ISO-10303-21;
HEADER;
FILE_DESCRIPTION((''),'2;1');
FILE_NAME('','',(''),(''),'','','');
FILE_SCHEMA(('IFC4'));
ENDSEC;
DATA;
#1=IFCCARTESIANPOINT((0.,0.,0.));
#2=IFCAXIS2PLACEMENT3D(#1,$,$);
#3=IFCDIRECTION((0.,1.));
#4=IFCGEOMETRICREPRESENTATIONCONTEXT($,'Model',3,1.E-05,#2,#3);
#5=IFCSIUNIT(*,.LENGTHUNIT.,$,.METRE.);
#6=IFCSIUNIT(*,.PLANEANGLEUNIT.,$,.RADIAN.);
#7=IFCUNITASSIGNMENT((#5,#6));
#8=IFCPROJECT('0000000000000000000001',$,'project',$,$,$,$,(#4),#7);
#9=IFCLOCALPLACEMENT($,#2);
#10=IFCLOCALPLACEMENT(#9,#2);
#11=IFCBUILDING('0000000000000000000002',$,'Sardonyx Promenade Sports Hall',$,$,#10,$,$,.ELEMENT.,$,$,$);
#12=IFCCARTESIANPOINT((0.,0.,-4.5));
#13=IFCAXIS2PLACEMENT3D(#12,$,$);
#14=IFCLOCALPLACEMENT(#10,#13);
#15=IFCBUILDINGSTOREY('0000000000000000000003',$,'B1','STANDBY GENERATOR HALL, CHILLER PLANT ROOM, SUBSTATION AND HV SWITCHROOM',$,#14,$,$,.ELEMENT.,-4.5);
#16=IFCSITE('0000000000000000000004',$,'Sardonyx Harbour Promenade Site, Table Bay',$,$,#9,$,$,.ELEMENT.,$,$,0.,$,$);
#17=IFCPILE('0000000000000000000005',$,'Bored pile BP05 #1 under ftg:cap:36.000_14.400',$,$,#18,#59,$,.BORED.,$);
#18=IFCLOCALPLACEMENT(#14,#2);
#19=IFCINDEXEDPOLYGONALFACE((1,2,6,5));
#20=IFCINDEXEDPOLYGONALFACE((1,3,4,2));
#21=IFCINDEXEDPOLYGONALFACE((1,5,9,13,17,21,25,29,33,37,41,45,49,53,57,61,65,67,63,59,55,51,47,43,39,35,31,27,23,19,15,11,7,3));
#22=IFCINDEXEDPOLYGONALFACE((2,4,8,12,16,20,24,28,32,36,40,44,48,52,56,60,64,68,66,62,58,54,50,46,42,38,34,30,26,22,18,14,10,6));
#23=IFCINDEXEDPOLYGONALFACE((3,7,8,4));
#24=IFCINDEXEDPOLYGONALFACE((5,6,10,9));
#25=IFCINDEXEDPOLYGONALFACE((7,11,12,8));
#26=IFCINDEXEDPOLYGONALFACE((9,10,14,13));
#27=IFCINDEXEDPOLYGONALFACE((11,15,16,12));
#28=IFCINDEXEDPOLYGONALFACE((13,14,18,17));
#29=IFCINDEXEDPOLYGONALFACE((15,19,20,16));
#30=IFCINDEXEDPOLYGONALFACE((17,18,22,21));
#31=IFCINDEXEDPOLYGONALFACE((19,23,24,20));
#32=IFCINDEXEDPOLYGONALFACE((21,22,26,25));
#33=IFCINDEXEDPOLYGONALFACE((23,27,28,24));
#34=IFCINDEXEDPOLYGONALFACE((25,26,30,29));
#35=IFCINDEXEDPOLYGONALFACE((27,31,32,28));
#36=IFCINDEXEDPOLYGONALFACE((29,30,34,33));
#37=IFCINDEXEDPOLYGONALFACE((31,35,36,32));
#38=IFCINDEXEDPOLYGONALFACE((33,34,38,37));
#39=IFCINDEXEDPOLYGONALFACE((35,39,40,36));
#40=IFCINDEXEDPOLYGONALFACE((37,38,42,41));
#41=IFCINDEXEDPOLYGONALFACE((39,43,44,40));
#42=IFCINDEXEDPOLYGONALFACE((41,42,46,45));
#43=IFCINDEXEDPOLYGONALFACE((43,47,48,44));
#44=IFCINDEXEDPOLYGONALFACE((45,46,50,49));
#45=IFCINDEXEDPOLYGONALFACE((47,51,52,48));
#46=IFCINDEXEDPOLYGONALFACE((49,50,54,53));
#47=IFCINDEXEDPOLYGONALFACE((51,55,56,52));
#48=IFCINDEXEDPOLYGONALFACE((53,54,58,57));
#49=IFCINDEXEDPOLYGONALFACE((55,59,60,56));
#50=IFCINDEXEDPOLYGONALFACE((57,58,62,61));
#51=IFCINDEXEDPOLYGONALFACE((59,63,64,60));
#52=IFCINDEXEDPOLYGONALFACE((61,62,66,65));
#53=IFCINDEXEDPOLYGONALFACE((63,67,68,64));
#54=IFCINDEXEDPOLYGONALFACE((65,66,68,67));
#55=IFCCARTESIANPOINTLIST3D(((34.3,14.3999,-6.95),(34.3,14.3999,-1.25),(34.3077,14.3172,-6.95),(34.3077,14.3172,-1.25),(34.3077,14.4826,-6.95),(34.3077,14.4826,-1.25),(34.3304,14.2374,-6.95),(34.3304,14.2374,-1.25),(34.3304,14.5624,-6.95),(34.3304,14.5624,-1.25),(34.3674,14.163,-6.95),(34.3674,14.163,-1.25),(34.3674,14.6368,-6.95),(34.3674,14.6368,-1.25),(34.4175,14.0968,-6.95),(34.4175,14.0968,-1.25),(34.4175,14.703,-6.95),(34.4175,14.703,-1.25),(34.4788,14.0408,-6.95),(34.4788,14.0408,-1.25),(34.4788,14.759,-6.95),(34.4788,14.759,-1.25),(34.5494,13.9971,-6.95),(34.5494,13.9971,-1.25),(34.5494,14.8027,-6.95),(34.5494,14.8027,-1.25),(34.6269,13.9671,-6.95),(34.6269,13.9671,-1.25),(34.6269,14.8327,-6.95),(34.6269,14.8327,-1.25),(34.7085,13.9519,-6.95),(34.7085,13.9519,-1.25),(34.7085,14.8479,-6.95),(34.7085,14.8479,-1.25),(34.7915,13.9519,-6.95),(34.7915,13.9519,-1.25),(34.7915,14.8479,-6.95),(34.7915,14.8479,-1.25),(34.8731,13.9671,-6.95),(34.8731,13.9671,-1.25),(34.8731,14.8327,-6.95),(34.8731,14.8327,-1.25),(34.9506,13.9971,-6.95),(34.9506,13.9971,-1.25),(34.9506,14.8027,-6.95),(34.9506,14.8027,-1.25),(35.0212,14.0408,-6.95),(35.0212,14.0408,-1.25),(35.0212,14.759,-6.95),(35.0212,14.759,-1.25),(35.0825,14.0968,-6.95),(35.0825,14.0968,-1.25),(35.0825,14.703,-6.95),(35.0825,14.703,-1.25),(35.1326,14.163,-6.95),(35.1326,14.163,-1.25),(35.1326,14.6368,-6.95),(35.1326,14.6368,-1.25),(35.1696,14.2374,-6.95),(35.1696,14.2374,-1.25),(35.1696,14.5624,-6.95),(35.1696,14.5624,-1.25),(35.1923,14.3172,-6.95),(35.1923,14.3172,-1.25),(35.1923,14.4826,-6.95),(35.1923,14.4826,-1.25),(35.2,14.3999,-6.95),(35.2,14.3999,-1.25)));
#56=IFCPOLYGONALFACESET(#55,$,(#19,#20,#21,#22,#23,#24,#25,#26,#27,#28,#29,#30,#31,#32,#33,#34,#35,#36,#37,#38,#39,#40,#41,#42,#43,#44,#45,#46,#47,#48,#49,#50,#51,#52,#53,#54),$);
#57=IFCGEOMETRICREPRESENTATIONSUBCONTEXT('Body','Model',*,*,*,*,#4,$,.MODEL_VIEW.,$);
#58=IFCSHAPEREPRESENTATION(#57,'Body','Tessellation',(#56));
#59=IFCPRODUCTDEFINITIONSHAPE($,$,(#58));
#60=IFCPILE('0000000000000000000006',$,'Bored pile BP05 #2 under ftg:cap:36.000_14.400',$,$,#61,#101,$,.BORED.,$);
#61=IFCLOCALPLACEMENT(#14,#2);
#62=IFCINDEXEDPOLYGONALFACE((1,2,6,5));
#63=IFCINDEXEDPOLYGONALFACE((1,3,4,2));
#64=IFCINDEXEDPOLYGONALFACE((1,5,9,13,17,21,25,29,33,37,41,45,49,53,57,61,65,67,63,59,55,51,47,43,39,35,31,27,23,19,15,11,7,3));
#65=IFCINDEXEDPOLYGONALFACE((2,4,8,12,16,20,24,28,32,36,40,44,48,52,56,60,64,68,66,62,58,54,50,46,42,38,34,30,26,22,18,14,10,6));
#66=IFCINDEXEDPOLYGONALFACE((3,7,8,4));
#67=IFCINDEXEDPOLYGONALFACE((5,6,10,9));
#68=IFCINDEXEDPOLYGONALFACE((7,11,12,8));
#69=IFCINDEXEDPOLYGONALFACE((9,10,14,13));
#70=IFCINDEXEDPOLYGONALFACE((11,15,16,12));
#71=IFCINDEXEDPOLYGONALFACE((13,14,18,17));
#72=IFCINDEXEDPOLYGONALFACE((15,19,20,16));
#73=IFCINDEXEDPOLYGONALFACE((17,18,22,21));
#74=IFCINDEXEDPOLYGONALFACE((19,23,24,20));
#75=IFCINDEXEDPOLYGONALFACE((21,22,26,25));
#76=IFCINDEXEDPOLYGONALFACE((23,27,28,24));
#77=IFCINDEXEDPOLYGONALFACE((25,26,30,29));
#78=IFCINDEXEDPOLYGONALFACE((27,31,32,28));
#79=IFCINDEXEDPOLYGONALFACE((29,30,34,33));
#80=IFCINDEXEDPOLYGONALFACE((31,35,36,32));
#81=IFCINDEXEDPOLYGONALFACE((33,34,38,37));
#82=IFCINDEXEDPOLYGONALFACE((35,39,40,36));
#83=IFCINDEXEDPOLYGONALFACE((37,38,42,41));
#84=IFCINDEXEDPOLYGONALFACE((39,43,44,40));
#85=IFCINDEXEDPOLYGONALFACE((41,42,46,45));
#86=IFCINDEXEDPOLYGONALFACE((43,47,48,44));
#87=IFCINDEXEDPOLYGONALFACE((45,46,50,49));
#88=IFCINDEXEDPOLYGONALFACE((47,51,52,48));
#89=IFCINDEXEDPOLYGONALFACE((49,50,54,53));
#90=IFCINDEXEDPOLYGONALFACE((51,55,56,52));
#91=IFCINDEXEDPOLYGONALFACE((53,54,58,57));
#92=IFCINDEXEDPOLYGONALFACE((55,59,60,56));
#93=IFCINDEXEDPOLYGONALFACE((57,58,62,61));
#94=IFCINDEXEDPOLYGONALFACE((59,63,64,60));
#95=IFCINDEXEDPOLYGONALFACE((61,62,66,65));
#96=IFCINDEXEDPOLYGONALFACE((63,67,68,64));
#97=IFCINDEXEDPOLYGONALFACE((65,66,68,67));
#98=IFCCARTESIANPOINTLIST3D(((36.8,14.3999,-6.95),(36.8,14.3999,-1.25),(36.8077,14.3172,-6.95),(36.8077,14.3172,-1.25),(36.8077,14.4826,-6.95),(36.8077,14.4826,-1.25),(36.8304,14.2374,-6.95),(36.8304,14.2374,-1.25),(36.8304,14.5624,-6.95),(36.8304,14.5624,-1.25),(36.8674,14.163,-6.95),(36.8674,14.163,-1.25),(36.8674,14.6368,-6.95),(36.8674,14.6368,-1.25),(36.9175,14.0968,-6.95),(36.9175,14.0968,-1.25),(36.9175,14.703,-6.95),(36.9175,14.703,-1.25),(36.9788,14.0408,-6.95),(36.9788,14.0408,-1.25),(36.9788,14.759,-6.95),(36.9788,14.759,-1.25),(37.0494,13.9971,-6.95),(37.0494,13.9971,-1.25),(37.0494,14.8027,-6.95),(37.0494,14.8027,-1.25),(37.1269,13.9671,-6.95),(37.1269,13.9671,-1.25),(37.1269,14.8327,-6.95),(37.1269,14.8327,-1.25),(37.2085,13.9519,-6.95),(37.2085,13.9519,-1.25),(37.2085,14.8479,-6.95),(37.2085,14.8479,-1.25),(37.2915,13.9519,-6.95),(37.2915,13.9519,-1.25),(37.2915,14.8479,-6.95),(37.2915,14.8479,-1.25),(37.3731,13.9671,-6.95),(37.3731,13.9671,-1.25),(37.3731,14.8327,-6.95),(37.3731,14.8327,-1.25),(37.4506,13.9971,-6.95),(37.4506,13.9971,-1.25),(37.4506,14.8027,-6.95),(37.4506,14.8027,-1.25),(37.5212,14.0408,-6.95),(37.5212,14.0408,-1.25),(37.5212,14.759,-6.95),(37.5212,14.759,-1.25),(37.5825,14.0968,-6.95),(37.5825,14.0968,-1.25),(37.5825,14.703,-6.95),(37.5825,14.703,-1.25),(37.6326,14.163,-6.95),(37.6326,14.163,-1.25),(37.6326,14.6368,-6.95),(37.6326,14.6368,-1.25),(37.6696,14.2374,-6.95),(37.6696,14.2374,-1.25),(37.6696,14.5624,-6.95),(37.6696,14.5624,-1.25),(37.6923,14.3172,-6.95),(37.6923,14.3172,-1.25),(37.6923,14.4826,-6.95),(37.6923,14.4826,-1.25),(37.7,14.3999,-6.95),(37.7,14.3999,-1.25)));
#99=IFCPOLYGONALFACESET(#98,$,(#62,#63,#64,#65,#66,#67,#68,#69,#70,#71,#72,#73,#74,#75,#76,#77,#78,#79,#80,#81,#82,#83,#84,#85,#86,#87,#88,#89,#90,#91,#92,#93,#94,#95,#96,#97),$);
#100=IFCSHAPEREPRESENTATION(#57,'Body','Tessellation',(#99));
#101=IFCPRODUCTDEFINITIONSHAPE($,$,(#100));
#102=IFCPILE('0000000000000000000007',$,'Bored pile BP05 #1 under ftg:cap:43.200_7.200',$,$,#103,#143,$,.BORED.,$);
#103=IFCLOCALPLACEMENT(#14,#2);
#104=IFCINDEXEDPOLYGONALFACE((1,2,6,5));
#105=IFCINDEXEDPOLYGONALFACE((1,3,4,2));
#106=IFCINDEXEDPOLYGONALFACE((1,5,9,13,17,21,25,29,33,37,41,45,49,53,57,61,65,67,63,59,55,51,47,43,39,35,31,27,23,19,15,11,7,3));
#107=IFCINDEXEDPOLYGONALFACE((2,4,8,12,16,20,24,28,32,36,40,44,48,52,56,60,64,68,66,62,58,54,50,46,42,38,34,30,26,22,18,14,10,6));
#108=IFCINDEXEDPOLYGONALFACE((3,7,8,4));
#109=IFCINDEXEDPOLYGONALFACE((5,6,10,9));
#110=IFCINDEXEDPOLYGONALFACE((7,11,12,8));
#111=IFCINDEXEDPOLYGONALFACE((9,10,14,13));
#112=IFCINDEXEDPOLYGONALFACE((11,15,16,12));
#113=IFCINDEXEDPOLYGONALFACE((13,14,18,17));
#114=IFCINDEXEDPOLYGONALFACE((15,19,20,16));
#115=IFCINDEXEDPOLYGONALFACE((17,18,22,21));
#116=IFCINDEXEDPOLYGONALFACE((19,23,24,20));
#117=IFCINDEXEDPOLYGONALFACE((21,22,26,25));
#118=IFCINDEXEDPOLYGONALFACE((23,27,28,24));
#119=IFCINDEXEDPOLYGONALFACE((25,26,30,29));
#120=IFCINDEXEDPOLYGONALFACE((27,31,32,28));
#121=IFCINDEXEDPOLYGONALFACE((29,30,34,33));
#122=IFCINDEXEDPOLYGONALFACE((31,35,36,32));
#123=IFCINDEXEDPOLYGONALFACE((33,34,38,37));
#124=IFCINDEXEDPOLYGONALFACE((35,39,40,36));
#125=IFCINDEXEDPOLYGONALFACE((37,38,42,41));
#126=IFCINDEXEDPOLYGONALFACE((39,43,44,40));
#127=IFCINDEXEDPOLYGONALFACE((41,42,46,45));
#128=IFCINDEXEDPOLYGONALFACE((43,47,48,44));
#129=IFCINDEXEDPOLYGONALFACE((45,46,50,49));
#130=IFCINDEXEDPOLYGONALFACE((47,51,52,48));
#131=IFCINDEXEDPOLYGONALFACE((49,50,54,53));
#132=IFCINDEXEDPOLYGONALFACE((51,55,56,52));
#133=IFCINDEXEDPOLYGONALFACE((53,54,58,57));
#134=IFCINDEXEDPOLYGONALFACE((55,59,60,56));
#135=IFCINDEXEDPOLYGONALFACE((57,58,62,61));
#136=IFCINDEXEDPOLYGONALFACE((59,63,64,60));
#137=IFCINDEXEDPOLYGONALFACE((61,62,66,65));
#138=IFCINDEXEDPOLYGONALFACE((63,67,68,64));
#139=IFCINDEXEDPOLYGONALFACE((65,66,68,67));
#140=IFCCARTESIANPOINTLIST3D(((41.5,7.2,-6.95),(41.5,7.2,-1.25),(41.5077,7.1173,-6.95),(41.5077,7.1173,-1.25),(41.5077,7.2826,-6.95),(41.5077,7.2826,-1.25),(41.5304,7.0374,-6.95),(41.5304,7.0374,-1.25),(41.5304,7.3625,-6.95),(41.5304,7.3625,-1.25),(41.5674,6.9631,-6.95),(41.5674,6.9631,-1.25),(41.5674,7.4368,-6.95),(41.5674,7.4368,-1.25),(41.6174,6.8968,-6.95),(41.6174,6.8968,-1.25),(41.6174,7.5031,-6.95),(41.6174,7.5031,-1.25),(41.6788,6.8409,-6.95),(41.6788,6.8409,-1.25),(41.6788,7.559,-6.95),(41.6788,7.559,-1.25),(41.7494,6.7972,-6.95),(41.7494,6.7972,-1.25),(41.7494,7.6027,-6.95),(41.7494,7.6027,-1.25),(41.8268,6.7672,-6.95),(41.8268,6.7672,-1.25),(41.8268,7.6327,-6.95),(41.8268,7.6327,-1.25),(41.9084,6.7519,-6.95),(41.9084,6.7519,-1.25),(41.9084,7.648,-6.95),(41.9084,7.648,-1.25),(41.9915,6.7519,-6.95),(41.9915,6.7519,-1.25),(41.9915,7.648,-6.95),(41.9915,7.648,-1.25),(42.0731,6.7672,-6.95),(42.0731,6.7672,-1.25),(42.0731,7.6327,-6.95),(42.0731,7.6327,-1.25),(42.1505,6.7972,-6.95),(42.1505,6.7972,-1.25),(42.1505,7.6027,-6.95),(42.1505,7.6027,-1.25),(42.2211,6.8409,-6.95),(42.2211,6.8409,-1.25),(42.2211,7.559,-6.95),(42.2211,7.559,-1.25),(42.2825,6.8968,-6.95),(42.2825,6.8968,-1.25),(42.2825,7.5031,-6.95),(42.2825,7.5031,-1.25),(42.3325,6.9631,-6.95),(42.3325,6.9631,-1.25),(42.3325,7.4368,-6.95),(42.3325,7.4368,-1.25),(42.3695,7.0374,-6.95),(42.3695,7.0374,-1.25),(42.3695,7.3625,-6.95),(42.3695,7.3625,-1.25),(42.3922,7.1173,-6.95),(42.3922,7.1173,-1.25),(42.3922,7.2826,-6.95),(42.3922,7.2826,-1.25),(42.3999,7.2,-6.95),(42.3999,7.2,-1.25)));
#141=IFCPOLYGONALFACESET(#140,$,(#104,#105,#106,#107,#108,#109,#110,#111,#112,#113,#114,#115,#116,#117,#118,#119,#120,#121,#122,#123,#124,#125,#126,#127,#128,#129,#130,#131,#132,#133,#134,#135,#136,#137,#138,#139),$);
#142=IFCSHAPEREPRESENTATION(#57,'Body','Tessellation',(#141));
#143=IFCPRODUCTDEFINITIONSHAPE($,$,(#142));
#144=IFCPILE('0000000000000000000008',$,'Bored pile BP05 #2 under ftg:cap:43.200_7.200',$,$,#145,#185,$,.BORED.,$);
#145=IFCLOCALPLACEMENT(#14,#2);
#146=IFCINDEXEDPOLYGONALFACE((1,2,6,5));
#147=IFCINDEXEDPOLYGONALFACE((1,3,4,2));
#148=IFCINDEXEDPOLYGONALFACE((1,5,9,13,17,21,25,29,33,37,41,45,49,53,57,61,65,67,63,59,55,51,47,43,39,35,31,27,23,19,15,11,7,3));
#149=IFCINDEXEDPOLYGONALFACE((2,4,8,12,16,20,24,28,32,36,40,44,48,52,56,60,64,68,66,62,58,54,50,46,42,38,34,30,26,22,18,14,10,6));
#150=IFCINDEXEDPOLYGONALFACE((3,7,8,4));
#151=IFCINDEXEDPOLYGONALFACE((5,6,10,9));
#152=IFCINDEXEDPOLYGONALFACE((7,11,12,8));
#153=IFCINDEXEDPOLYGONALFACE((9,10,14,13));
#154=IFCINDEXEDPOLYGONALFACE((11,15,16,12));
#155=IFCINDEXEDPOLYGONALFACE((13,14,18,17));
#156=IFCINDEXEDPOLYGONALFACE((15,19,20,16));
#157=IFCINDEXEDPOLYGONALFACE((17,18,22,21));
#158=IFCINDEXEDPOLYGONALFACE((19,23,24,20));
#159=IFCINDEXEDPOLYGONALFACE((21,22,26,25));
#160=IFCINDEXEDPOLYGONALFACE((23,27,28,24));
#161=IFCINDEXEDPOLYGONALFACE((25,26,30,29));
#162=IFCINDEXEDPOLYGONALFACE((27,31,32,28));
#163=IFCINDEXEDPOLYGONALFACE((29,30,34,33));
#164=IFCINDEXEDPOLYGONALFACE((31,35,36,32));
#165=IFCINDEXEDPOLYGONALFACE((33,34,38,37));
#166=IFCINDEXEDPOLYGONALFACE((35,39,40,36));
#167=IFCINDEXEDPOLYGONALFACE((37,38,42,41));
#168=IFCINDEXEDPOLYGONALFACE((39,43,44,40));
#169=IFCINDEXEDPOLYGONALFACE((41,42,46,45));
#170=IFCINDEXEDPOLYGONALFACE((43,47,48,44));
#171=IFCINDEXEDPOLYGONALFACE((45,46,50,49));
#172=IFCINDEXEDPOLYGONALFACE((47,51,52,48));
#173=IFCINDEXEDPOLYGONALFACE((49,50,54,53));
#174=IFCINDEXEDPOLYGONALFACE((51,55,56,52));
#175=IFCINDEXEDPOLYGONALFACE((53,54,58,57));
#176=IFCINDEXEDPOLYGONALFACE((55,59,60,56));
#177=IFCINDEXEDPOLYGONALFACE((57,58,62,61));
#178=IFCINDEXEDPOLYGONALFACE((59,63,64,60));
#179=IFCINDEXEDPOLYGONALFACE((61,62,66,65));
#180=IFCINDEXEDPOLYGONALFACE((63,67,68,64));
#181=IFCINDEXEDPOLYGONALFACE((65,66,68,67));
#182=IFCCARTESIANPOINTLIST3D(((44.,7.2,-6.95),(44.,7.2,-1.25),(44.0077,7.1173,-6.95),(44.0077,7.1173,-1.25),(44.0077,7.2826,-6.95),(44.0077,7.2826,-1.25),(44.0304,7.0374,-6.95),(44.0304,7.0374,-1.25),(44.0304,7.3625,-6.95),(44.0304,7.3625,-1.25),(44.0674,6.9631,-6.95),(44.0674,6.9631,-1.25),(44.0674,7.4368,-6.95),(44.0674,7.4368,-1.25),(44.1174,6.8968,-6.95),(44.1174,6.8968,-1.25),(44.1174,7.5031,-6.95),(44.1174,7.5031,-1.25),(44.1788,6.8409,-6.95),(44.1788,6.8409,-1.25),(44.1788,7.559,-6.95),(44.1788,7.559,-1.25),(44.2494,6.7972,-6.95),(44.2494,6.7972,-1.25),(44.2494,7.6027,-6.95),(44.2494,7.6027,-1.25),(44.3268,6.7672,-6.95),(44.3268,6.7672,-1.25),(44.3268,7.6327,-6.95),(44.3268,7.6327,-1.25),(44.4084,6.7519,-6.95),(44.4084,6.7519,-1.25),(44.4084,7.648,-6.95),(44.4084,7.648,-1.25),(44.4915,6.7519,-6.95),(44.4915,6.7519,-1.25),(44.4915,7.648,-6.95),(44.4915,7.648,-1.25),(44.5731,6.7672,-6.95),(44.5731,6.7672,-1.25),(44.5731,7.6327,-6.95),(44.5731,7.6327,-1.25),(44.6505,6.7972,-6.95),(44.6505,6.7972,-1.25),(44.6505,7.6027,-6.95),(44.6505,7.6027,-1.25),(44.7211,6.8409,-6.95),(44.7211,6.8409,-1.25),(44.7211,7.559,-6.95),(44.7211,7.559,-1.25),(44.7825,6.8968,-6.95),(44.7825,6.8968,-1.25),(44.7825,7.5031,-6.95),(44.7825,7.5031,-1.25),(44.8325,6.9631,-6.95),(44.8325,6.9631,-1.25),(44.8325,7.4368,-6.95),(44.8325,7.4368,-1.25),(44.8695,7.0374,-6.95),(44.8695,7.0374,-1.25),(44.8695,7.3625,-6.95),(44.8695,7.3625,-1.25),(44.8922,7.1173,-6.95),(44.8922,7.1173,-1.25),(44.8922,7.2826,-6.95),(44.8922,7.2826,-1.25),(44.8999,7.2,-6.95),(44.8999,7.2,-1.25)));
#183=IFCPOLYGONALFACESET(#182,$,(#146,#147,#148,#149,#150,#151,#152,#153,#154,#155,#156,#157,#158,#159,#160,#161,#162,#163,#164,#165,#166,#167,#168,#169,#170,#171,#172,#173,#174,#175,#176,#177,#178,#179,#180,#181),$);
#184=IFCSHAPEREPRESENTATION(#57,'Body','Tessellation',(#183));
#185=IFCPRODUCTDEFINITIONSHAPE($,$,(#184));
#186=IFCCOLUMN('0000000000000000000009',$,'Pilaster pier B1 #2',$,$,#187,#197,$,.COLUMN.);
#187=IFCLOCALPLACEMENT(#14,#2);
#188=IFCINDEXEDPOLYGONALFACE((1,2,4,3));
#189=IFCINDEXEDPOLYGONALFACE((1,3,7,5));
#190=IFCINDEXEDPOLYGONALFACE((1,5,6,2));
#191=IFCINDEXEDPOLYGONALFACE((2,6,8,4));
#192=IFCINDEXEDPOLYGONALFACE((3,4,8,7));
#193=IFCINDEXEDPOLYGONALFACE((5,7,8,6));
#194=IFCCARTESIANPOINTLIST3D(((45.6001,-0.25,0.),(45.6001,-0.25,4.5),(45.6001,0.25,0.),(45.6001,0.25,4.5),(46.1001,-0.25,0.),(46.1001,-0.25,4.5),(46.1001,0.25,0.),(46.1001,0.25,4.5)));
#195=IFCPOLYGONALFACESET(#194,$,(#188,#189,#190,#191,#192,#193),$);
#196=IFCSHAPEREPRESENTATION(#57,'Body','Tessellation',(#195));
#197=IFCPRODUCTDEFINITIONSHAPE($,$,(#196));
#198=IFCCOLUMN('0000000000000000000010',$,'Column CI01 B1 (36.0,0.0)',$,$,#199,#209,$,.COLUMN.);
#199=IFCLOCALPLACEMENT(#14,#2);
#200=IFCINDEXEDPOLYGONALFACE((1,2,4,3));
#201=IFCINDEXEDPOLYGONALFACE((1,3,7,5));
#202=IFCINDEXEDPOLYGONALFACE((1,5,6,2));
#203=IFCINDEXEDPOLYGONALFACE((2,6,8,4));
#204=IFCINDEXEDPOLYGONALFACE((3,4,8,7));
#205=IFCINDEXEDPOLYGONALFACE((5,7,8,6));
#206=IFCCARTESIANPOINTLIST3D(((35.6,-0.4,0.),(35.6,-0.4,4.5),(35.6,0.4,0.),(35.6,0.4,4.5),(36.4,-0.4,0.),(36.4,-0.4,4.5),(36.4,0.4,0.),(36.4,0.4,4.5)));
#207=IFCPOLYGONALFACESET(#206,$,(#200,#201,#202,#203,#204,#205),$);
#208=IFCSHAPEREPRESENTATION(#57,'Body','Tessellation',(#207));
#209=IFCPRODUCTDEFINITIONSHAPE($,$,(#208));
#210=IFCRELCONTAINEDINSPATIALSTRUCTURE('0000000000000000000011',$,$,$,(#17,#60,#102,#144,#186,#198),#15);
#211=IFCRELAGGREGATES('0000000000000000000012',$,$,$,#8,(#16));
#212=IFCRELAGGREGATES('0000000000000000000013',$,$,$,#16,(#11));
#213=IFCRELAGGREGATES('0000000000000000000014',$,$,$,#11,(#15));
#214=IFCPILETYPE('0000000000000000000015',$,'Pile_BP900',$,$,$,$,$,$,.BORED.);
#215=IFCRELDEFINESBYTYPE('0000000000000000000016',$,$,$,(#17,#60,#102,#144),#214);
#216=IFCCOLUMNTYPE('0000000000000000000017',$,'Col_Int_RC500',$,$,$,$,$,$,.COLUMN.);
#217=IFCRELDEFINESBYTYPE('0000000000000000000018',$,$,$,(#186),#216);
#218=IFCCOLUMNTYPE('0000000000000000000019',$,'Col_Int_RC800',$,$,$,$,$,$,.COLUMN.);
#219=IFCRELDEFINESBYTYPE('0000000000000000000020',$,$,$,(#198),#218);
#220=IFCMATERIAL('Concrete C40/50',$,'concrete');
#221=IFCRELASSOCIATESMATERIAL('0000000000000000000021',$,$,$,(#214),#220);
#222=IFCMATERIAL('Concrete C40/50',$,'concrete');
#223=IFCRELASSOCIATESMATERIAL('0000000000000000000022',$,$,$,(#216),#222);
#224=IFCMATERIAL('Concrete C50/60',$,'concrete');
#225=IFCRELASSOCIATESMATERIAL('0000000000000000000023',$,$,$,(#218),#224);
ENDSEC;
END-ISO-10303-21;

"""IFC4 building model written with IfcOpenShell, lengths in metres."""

from ifc_helpers import new_model, si_unit, direction, frame, origin, origin_2d, place, context, subcontext, project, spatial, rectangle, circle, extrude, material, material_profile, profile_set, type_object, element, save


model = new_model("IFC4")

# Units and contexts
model_context = context("Model", 3, precision=1e-05, world=origin(), true_north=direction((0.0, 1.0)))
body_context = subcontext(model_context, "Body", "Model", "MODEL_VIEW")
ifc_project = project(units=[si_unit("LENGTHUNIT", "METRE"), si_unit("PLANEANGLEUNIT", "RADIAN")], contexts=[model_context])

# Site, building, storey
site_placement = place(None, origin())
site = spatial("IfcSite", under=ifc_project, at=site_placement, Name="Sardonyx Harbour Promenade Site, Table Bay", CompositionType="ELEMENT", RefElevation=0.0)
building_placement = place(site_placement, origin())
building = spatial("IfcBuilding", under=site, at=building_placement, Name="Sardonyx Promenade Sports Hall", CompositionType="ELEMENT")
storey_placement = place(building_placement, frame((0.0, 0.0, -4.5)))
storey = spatial("IfcBuildingStorey", under=building, at=storey_placement, Name="B1", Description="STANDBY GENERATOR HALL, CHILLER PLANT ROOM, SUBSTATION AND HV SWITCHROOM", CompositionType="ELEMENT", Elevation=-4.5)

# Piles
ifc_material_1 = material(Name="Concrete C40/50", Category="concrete")
ifc_material_profile_1 = material_profile(ifc_material_1, circle(Radius=0.45, at=origin_2d()))
ifc_profile_set_1 = profile_set([ifc_material_profile_1], Name="Concrete C40/50")
pile_type_1 = type_object("IfcPileType", Name="Pile_BP900", PredefinedType="BORED", material=ifc_profile_set_1)
for number, where, z_axis, x_axis, name in (
    (1, (34.75, 14.3999, -1.25), (0.0, 0.0, -1.0), (1.0, 0.0, 0.0), "Bored pile BP05 #1 under ftg:cap:36.000_14.400"),
    (2, (37.25, 14.3999, -1.25), (0.0, 0.0, -1.0), (1.0, 0.0, 0.0), "Bored pile BP05 #2 under ftg:cap:36.000_14.400"),
    (3, (41.95, 7.2, -1.25), (0.0, 0.0, -1.0), (1.0, 0.0, 0.0), "Bored pile BP05 #1 under ftg:cap:43.200_7.200"),
    (4, (44.45, 7.2, -1.25), (0.0, 0.0, -1.0), (1.0, 0.0, 0.0), "Bored pile BP05 #2 under ftg:cap:43.200_7.200"),
):
    element("IfcPile", number, at=place(storey_placement, frame(where, z_axis=z_axis, x_axis=x_axis)), inside=storey, type_object=pile_type_1, Name=name, PredefinedType="BORED", context=body_context, shape_type="SweptSolid", body=[
        extrude(circle(Radius=0.45, at=origin_2d()), origin(), (0.0, 0.0, 1.0), 5.7),
    ])

# Columns
ifc_material_2 = material(Name="Concrete C40/50", Category="concrete")
ifc_material_profile_2 = material_profile(ifc_material_2, rectangle(XDim=0.5, YDim=0.5, at=origin_2d()))
ifc_profile_set_2 = profile_set([ifc_material_profile_2], Name="Concrete C40/50")
column_type_1 = type_object("IfcColumnType", Name="Col_Int_RC500", PredefinedType="COLUMN", material=ifc_profile_set_2)
column_placement = place(storey_placement, frame((45.8501, 0.0, 0.0), z_axis=(0.0, 0.0, 1.0), x_axis=(1.0, 0.0, 0.0)))
element("IfcColumn", 5, at=column_placement, inside=storey, type_object=column_type_1, Name="Pilaster pier B1 #2", PredefinedType="COLUMN", context=body_context, shape_type="SweptSolid", body=[
    extrude(rectangle(XDim=0.5, YDim=0.5, at=origin_2d()), origin(), (0.0, 0.0, 1.0), 4.5),
])
ifc_material_3 = material(Name="Concrete C50/60", Category="concrete")
ifc_material_profile_3 = material_profile(ifc_material_3, rectangle(XDim=0.8, YDim=0.8, at=origin_2d()))
ifc_profile_set_3 = profile_set([ifc_material_profile_3], Name="Concrete C50/60")
column_type_2 = type_object("IfcColumnType", Name="Col_Int_RC800", PredefinedType="COLUMN", material=ifc_profile_set_3)
for number, where, z_axis, x_axis, name in (
    (6, (36.0, 0.0, 0.0), (0.0, 0.0, 1.0), (1.0, 0.0, 0.0), "Column CI01 B1 (36.0,0.0)"),
):
    element("IfcColumn", number, at=place(storey_placement, frame(where, z_axis=z_axis, x_axis=x_axis)), inside=storey, type_object=column_type_2, Name=name, PredefinedType="COLUMN", context=body_context, shape_type="SweptSolid", body=[
        extrude(rectangle(XDim=0.8, YDim=0.8, at=origin_2d()), origin(), (0.0, 0.0, 1.0), 4.5),
    ])

save(model, "model.ifc")
